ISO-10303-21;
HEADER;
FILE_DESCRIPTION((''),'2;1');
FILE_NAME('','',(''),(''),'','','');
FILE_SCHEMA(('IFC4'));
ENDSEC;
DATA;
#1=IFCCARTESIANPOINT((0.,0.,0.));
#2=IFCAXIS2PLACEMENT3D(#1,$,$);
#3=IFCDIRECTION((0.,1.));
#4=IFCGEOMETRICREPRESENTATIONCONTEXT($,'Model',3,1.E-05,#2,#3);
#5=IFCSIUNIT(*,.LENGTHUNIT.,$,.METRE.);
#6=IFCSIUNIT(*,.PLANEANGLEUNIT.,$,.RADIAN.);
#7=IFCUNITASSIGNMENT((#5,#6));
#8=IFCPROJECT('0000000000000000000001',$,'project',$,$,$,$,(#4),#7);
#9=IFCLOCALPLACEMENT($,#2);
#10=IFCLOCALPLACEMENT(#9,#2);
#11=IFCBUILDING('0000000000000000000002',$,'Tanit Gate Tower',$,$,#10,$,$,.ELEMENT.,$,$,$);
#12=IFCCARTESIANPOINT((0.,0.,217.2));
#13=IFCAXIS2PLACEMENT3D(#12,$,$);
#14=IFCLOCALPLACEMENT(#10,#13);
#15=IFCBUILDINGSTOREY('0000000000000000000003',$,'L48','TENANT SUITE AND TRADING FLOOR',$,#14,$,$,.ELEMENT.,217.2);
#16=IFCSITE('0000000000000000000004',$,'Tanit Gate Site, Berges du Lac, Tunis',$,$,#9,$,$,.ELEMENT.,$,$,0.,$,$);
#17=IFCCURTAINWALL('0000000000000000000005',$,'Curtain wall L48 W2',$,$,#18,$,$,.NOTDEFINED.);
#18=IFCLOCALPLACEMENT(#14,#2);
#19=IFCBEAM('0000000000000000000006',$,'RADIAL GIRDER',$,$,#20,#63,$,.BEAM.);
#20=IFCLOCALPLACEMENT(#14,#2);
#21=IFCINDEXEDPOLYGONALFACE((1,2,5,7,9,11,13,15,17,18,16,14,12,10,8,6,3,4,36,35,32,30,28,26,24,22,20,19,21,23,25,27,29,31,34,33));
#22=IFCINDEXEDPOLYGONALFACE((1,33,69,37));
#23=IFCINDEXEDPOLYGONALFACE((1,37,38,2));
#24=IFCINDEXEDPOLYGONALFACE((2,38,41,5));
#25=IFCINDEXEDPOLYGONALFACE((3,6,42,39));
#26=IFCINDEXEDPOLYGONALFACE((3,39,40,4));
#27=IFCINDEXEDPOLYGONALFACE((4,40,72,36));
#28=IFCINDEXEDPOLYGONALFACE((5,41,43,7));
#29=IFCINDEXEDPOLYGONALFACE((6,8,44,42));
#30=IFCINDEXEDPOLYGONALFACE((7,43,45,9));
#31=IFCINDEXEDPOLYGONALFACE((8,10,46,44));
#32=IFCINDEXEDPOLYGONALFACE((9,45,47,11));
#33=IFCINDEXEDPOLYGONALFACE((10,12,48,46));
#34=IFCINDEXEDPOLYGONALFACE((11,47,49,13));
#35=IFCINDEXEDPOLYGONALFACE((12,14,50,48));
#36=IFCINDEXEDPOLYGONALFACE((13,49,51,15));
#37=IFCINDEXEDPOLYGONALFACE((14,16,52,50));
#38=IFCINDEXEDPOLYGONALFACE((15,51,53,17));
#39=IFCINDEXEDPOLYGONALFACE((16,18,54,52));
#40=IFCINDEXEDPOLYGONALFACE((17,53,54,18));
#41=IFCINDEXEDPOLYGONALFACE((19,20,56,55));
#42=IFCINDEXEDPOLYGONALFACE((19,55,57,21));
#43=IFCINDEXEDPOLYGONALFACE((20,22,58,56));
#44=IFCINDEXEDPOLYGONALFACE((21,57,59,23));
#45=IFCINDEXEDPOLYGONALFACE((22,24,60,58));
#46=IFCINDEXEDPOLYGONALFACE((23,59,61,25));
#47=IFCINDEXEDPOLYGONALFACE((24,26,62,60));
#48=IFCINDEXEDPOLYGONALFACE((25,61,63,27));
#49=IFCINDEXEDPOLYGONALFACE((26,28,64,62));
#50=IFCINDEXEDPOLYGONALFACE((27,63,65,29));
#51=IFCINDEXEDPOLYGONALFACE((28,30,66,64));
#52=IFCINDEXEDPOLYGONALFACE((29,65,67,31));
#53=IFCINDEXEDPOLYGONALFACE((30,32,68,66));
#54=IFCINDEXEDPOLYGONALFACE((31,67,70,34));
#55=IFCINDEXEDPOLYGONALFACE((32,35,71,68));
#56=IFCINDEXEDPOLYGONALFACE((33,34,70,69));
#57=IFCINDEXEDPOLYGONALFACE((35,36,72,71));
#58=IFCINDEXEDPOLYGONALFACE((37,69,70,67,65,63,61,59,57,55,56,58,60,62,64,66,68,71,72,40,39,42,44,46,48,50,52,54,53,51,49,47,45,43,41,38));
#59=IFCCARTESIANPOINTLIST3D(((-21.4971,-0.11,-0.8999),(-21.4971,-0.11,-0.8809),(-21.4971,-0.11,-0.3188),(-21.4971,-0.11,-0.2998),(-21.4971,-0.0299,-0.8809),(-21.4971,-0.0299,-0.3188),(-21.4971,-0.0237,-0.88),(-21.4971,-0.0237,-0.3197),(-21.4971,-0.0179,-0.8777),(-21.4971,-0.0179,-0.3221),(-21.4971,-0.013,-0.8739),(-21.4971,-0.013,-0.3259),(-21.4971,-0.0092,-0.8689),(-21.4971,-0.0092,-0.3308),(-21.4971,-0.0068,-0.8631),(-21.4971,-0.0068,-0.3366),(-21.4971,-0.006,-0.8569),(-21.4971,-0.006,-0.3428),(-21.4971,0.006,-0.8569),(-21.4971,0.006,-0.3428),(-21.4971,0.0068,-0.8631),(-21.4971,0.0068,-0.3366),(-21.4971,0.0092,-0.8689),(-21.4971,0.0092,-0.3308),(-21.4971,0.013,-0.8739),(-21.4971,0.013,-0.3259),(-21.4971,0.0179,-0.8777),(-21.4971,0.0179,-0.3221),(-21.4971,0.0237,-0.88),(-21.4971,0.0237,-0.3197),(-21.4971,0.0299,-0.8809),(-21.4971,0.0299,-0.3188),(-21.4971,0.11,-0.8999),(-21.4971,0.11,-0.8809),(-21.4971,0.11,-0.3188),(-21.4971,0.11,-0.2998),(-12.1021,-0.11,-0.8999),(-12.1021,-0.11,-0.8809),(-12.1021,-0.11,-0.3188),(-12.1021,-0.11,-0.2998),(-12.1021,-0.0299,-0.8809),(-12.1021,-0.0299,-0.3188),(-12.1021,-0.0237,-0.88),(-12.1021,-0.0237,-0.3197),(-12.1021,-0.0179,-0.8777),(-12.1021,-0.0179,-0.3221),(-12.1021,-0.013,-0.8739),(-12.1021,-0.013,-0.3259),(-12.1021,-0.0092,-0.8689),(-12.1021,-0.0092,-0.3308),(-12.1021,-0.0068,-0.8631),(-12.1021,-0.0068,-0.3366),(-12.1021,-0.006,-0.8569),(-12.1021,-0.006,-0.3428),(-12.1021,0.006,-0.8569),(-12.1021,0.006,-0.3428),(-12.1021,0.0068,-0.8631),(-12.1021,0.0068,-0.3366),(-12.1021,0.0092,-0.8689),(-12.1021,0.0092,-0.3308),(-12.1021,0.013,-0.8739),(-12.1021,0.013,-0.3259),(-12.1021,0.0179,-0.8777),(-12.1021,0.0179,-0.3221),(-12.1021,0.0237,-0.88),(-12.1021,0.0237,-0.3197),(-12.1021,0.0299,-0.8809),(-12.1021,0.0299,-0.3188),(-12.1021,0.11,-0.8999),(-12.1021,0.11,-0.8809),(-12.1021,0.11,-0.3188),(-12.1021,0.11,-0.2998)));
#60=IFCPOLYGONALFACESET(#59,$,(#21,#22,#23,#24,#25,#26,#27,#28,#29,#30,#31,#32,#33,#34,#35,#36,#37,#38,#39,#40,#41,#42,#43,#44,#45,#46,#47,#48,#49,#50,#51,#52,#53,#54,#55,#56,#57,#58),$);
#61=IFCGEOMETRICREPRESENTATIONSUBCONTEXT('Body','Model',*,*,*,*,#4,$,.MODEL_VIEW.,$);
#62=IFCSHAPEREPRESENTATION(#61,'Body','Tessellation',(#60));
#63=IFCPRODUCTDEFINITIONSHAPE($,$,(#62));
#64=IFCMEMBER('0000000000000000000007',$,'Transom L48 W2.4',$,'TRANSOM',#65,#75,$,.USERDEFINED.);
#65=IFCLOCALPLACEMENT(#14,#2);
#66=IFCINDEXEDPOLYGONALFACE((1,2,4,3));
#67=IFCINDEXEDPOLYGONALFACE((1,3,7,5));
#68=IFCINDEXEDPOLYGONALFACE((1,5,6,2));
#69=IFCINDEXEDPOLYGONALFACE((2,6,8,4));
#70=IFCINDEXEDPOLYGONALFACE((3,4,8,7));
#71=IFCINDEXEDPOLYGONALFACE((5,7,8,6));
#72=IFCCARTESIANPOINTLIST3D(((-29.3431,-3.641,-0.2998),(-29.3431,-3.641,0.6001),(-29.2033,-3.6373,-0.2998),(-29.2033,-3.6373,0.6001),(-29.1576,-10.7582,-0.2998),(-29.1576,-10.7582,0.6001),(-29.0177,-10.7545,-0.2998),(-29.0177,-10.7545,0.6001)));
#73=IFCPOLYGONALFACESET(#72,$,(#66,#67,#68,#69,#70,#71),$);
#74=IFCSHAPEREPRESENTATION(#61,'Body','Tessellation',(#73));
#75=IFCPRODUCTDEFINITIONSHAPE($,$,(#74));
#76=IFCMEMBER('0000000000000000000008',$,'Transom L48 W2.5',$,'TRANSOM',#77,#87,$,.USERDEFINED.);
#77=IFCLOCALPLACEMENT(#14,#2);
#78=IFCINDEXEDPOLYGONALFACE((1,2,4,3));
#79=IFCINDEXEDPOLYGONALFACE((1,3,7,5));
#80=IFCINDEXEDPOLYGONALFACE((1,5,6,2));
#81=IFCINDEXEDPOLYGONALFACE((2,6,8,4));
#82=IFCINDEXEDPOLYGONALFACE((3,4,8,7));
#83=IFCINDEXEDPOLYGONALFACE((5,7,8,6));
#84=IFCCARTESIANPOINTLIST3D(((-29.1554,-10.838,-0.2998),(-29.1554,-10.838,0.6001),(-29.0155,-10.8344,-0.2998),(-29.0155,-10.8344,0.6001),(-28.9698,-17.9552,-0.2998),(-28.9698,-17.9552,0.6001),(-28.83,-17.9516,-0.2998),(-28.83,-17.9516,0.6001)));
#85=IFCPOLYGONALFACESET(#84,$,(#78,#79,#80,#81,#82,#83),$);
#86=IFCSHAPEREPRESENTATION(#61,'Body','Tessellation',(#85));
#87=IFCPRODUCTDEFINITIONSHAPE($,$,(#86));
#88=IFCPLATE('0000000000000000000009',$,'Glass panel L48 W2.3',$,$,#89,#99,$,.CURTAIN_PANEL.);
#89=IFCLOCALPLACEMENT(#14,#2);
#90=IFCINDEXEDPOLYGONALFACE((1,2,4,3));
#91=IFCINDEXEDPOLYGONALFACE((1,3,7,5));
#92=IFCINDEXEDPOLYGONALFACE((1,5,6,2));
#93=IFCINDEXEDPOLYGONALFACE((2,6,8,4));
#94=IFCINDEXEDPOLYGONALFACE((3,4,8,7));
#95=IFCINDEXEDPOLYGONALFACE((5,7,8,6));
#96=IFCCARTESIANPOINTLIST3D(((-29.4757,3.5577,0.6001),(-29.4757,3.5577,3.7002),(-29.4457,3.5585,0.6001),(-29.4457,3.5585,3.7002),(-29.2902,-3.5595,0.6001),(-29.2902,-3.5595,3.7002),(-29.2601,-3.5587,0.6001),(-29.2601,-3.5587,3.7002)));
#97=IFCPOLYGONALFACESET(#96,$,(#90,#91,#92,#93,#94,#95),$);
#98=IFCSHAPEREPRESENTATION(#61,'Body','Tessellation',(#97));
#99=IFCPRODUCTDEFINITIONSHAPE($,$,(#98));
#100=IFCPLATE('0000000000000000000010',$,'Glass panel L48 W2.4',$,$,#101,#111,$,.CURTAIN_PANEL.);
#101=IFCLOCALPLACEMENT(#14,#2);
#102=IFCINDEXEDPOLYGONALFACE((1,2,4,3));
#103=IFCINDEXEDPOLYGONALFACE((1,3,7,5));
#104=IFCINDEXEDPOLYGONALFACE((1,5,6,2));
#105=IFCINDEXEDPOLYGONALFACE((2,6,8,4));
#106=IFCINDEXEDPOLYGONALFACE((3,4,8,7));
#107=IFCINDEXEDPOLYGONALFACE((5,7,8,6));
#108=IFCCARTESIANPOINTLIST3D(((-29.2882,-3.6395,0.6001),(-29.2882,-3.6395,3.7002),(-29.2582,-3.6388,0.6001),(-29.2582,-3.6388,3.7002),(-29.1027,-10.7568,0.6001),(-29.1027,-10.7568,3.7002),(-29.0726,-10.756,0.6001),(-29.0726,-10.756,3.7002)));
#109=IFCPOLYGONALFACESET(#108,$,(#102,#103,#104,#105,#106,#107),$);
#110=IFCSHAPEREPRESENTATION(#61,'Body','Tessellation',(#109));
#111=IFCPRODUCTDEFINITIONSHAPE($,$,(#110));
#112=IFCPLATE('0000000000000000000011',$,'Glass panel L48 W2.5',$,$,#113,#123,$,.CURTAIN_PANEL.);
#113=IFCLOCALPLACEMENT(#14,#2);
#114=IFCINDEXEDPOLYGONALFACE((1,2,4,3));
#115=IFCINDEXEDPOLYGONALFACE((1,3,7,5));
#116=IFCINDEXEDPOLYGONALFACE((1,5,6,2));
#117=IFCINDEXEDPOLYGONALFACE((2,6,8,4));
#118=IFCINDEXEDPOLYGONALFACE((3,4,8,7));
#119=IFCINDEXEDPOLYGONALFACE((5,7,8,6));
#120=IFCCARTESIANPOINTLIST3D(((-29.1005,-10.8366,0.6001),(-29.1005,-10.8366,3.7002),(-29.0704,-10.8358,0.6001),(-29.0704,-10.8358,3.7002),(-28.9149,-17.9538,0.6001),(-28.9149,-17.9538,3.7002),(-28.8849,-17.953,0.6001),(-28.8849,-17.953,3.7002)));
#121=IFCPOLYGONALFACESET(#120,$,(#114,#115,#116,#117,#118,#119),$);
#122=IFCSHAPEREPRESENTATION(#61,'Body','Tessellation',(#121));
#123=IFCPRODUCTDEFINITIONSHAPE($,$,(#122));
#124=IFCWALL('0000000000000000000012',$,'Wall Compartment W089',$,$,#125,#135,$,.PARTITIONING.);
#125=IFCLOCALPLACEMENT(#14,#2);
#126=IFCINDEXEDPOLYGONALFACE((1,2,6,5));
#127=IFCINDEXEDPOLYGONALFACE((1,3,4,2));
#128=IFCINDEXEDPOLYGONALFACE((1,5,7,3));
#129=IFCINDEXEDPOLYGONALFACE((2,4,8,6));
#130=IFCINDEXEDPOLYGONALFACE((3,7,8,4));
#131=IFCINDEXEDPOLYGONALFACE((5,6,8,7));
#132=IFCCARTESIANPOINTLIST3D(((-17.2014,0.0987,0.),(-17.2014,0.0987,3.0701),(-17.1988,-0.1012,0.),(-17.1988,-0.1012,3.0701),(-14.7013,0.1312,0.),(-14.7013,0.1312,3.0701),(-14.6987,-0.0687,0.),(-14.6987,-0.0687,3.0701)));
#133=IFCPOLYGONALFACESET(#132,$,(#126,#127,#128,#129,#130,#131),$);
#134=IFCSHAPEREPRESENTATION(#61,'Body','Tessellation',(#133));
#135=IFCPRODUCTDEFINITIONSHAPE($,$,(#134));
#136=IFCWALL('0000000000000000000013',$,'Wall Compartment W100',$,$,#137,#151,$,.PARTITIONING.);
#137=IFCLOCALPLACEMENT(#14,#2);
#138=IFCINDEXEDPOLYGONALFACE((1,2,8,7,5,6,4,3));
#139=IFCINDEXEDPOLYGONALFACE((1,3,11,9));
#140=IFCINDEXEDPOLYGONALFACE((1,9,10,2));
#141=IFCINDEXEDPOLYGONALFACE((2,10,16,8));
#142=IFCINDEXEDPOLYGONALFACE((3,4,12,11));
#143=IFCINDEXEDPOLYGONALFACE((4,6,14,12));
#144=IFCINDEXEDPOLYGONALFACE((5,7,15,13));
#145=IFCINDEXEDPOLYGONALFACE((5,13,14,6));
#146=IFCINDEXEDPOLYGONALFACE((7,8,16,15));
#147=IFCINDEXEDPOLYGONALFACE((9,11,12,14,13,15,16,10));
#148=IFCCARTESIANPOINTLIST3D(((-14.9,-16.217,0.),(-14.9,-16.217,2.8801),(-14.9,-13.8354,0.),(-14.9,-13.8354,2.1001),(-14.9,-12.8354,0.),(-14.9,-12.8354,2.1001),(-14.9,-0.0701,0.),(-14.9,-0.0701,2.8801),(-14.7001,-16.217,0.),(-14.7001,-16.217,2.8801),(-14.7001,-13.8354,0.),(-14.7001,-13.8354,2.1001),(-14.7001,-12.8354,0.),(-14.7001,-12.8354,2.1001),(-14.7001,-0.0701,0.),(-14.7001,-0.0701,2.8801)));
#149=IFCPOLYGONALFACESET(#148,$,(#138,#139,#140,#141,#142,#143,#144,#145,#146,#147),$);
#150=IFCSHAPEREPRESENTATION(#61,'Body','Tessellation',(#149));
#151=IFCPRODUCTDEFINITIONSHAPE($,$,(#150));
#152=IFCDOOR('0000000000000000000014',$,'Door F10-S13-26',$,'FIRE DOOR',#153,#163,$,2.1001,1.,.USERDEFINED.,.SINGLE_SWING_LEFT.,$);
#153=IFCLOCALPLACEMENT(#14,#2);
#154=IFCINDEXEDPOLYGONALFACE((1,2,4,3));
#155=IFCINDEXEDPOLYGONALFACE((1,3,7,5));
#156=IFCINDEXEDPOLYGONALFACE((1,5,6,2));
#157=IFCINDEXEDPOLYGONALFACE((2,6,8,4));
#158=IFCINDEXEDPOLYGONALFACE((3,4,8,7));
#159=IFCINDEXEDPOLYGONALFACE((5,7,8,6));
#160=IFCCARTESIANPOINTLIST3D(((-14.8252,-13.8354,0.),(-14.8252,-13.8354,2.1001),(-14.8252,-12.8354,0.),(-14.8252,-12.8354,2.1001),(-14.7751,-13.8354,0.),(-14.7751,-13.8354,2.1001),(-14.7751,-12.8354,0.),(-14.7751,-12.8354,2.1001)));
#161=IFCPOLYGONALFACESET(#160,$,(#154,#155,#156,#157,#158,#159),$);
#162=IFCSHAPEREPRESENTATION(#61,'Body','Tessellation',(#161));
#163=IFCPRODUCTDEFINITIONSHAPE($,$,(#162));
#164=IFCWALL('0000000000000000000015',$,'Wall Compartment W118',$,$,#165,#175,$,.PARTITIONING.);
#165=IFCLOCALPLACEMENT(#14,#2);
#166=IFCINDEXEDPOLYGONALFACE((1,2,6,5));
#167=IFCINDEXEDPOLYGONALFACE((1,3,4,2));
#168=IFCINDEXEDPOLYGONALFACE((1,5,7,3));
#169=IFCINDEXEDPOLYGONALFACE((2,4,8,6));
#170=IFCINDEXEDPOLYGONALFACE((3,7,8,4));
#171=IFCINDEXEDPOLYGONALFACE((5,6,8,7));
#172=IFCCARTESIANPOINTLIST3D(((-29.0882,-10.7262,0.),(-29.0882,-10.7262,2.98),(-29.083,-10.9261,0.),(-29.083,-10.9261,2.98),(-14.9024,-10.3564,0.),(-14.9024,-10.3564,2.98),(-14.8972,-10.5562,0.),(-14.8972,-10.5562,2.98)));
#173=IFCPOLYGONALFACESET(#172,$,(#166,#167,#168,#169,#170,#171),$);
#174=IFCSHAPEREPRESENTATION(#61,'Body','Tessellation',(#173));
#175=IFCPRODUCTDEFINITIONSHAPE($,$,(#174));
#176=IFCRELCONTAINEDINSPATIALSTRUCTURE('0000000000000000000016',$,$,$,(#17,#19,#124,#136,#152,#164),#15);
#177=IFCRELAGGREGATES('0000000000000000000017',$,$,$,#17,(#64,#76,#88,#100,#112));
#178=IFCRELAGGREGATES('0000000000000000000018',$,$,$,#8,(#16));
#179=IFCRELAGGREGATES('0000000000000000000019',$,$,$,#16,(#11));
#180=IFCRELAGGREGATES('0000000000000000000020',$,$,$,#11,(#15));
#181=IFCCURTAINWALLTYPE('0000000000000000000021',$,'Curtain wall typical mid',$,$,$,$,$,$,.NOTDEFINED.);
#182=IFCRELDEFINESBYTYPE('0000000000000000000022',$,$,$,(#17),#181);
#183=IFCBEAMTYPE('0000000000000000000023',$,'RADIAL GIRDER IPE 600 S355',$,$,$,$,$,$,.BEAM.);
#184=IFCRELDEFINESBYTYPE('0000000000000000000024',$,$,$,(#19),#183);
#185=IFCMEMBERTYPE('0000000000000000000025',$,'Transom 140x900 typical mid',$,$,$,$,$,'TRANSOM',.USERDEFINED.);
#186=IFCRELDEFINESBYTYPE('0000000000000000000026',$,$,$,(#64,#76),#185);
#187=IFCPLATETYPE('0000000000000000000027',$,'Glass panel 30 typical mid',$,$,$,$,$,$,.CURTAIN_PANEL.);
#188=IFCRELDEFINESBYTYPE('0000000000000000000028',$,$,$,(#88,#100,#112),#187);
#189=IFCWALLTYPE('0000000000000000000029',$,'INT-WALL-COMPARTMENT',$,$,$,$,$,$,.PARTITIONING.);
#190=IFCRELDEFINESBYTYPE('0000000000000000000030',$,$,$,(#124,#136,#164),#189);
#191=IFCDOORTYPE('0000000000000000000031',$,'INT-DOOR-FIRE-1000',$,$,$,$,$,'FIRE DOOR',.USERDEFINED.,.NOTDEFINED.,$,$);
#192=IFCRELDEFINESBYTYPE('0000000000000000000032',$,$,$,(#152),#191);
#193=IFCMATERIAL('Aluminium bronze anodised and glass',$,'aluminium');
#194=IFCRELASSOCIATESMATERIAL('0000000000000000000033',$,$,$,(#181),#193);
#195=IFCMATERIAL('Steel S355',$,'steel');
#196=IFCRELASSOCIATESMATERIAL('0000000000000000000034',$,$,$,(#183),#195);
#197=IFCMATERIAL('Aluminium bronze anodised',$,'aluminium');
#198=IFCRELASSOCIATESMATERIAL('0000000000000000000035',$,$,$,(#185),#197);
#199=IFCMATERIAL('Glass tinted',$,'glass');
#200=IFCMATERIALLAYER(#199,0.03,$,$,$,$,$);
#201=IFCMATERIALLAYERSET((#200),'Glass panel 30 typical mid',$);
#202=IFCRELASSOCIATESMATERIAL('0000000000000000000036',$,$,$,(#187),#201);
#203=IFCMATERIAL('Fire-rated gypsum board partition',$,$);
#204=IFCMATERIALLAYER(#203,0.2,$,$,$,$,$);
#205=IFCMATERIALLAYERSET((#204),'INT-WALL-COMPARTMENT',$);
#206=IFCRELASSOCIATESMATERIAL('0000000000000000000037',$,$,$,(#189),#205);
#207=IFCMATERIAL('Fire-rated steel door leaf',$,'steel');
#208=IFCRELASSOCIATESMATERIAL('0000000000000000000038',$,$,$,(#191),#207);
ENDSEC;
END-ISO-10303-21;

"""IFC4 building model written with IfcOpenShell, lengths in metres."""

from ifc_helpers import new_model, si_unit, direction, frame, frame_2d, origin, origin_2d, place, context, subcontext, project, spatial, rectangle, i_section, extrude, material, layer, layer_set, material_profile, profile_set, type_object, element, fill, aggregate, save


model = new_model("IFC4")

# Units and contexts
model_context = context("Model", 3, precision=1e-05, world=origin(), true_north=direction((0.0, 1.0)))
body_context = subcontext(model_context, "Body", "Model", "MODEL_VIEW")
ifc_project = project(units=[si_unit("LENGTHUNIT", "METRE"), si_unit("PLANEANGLEUNIT", "RADIAN")], contexts=[model_context])

# Site, building, storey
site_placement = place(None, origin())
site = spatial("IfcSite", under=ifc_project, at=site_placement, Name="Tanit Gate Site, Berges du Lac, Tunis", CompositionType="ELEMENT", RefElevation=0.0)
building_placement = place(site_placement, origin())
building = spatial("IfcBuilding", under=site, at=building_placement, Name="Tanit Gate Tower", CompositionType="ELEMENT")
storey_placement = place(building_placement, frame((0.0, 0.0, 217.2)))
storey = spatial("IfcBuildingStorey", under=building, at=storey_placement, Name="L48", Description="TENANT SUITE AND TRADING FLOOR", CompositionType="ELEMENT", Elevation=217.2)

# Curtain wall
ifc_material_1 = material(Name="Aluminium bronze anodised and glass", Category="aluminium")
curtain_wall_type = type_object("IfcCurtainWallType", Name="Curtain wall typical mid", PredefinedType="NOTDEFINED", material=ifc_material_1)
curtain_wall_placement = place(storey_placement, origin())
curtain_wall = element("IfcCurtainWall", 1, at=curtain_wall_placement, inside=storey, type_object=curtain_wall_type, Name="Curtain wall L48 W2", PredefinedType="NOTDEFINED")

# Beam
ifc_material_2 = material(Name="Steel S355", Category="steel")
ifc_material_profile_1 = material_profile(ifc_material_2, i_section(OverallWidth=0.22, OverallDepth=0.6001, WebThickness=0.012, FlangeThickness=0.019, FilletRadius=0.0239, at=origin_2d()), Name="IPE 600")
ifc_profile_set_1 = profile_set([ifc_material_profile_1], Name="Steel S355")
beam_type_1 = type_object("IfcBeamType", Name="RADIAL GIRDER IPE 600 S355", PredefinedType="BEAM", material=ifc_profile_set_1)
beam_1_placement = place(storey_placement, frame((-21.4971, 0.0, -0.5999), z_axis=(1.0, 0.0, 0.0), x_axis=(0.0, 1.0, 0.0)))
element("IfcBeam", 2, at=beam_1_placement, inside=storey, type_object=beam_type_1, Name="RADIAL GIRDER", PredefinedType="BEAM", context=body_context, shape_type="SweptSolid", body=[
    extrude(i_section(OverallWidth=0.22, OverallDepth=0.6001, WebThickness=0.012, FlangeThickness=0.019, FilletRadius=0.0239, at=origin_2d()), origin(), (0.0, 0.0, 1.0), 9.395),
])

# Members
ifc_material_3 = material(Name="Aluminium bronze anodised", Category="aluminium")
ifc_material_profile_2 = material_profile(ifc_material_3, rectangle(XDim=0.1399, YDim=0.8999, at=origin_2d()), Name="140x900 bronze transom")
ifc_profile_set_2 = profile_set([ifc_material_profile_2], Name="Aluminium bronze anodised")
member_type_1 = type_object("IfcMemberType", Name="Transom 140x900 typical mid", ElementType="TRANSOM", PredefinedType="USERDEFINED", material=ifc_profile_set_2)
member_1_placement = place(storey_placement, frame((-29.2732, -3.6392, 0.1501), z_axis=(0.026061, -0.99966, 0.0), x_axis=(0.99966, 0.026061, 0.0)))
member_1 = element("IfcMember", 3, at=member_1_placement, type_object=member_type_1, Name="Transom L48 W2.4", ObjectType="TRANSOM", PredefinedType="USERDEFINED", context=body_context, shape_type="SweptSolid", body=[
    extrude(rectangle(XDim=0.1399, YDim=0.8999, at=origin_2d()), origin(), (0.0, 0.0, 1.0), 7.1196),
])
member_2_placement = place(storey_placement, frame((-29.0854, -10.8362, 0.1501), z_axis=(0.026061, -0.99966, 0.0), x_axis=(0.99966, 0.026061, 0.0)))
member_2 = element("IfcMember", 4, at=member_2_placement, type_object=member_type_1, Name="Transom L48 W2.5", ObjectType="TRANSOM", PredefinedType="USERDEFINED", context=body_context, shape_type="SweptSolid", body=[
    extrude(rectangle(XDim=0.1399, YDim=0.8999, at=origin_2d()), origin(), (0.0, 0.0, 1.0), 7.1196),
])

# Plates
ifc_material_4 = material(Name="Glass tinted", Category="glass")
ifc_layer_1 = layer(ifc_material_4, 0.03)
ifc_layer_set_1 = layer_set([ifc_layer_1], Name="Glass panel 30 typical mid")
plate_type = type_object("IfcPlateType", Name="Glass panel 30 typical mid", PredefinedType="CURTAIN_PANEL", material=ifc_layer_set_1)
plate_1_placement = place(storey_placement, frame((-29.3679, -0.0005, 0.6001), z_axis=(0.0, 0.0, 1.0), x_axis=(0.026063, -0.99966, 0.0)))
plate_1 = element("IfcPlate", 5, at=plate_1_placement, type_object=plate_type, Name="Glass panel L48 W2.3", PredefinedType="CURTAIN_PANEL", context=body_context, shape_type="SweptSolid", body=[
    extrude(rectangle(XDim=7.1196, YDim=0.03, at=origin_2d()), origin(), (0.0, 0.0, 1.0), 3.1001),
])
plate_2_placement = place(storey_placement, frame((-29.1804, -7.1978, 0.6001), z_axis=(0.0, 0.0, 1.0), x_axis=(0.026063, -0.99966, 0.0)))
plate_2 = element("IfcPlate", 6, at=plate_2_placement, type_object=plate_type, Name="Glass panel L48 W2.4", PredefinedType="CURTAIN_PANEL", context=body_context, shape_type="SweptSolid", body=[
    extrude(rectangle(XDim=7.1196, YDim=0.03, at=origin_2d()), origin(), (0.0, 0.0, 1.0), 3.1001),
])
plate_3_placement = place(storey_placement, frame((-28.9927, -14.3948, 0.6001), z_axis=(0.0, 0.0, 1.0), x_axis=(0.026063, -0.99966, 0.0)))
plate_3 = element("IfcPlate", 7, at=plate_3_placement, type_object=plate_type, Name="Glass panel L48 W2.5", PredefinedType="CURTAIN_PANEL", context=body_context, shape_type="SweptSolid", body=[
    extrude(rectangle(XDim=7.1196, YDim=0.03, at=origin_2d()), origin(), (0.0, 0.0, 1.0), 3.1001),
])
aggregate(curtain_wall, [member_1, member_2, plate_1, plate_2, plate_3])

# Wall
ifc_material_5 = material(Name="Fire-rated gypsum board partition")
ifc_layer_2 = layer(ifc_material_5, 0.2)
ifc_layer_set_2 = layer_set([ifc_layer_2], Name="INT-WALL-COMPARTMENT")
wall_type_1 = type_object("IfcWallType", Name="INT-WALL-COMPARTMENT", PredefinedType="PARTITIONING", material=ifc_layer_set_2)
wall_1_placement = place(storey_placement, frame((-17.2, -0.0012, 0.0), z_axis=(0.0, 0.0, 1.0), x_axis=(0.999916, 0.012987, 0.0)))
element("IfcWall", 8, at=wall_1_placement, inside=storey, type_object=wall_type_1, Name="Wall Compartment W089", PredefinedType="PARTITIONING", context=body_context, shape_type="SweptSolid", body=[
    extrude(rectangle(XDim=2.5002, YDim=0.2, at=frame_2d((1.25, 0.0))), origin(), (0.0, 0.0, 1.0), 3.0701),
])

# Wall, opening, door
wall_2_placement = place(storey_placement, frame((-14.8, -0.0701, 0.0), z_axis=(0.0, 0.0, 1.0), x_axis=(0.0, -1.0, 0.0)))
wall_2 = element("IfcWall", 9, at=wall_2_placement, inside=storey, type_object=wall_type_1, Name="Wall Compartment W100", PredefinedType="PARTITIONING", context=body_context, shape_type="SweptSolid", body=[
    extrude(rectangle(XDim=16.147, YDim=0.2, at=frame_2d((8.0735, 0.0))), origin(), (0.0, 0.0, 1.0), 2.8801),
])
opening_placement = place(wall_2_placement, frame((12.7654, 0.0, 0.0)))
opening = element("IfcOpeningElement", 10, at=opening_placement, cuts=wall_2, PredefinedType="OPENING", context=body_context, shape_type="SweptSolid", body=[
    extrude(rectangle(XDim=1.0, YDim=2.1001, at=frame_2d((0.5, 1.05))), frame((0.0, 0.1099, 0.0), z_axis=(0.0, -1.0, 0.0), x_axis=(1.0, 0.0, 0.0)), (0.0, 0.0, 1.0), 0.22),
])
ifc_material_6 = material(Name="Fire-rated steel door leaf", Category="steel")
door_type = type_object("IfcDoorType", Name="INT-DOOR-FIRE-1000", ElementType="FIRE DOOR", OperationType="NOTDEFINED", PredefinedType="USERDEFINED", material=ifc_material_6)
door_placement = place(opening_placement, origin())
door = element("IfcDoor", 11, at=door_placement, inside=storey, type_object=door_type, Name="Door F10-S13-26", ObjectType="FIRE DOOR", OperationType="SINGLE_SWING_LEFT", OverallHeight=2.1001, OverallWidth=1.0, PredefinedType="USERDEFINED", context=body_context, shape_type="SweptSolid", body=[
    extrude(rectangle(XDim=1.0, YDim=2.1001, at=frame_2d((0.5, 1.05))), frame((0.0, 0.0249, 0.0), z_axis=(0.0, -1.0, 0.0), x_axis=(1.0, 0.0, 0.0)), (0.0, 0.0, 1.0), 0.05),
])
fill(opening, door)

# Wall
wall_3_placement = place(storey_placement, frame((-14.8999, -10.4563, 0.0), z_axis=(0.0, 0.0, 1.0), x_axis=(-0.99966, -0.026065, 0.0)))
element("IfcWall", 12, at=wall_3_placement, inside=storey, type_object=wall_type_1, Name="Wall Compartment W118", PredefinedType="PARTITIONING", context=body_context, shape_type="SweptSolid", body=[
    extrude(rectangle(XDim=14.1907, YDim=0.2, at=frame_2d((7.0952, 0.0))), origin(), (0.0, 0.0, 1.0), 2.98),
])

save(model, "model.ifc")
